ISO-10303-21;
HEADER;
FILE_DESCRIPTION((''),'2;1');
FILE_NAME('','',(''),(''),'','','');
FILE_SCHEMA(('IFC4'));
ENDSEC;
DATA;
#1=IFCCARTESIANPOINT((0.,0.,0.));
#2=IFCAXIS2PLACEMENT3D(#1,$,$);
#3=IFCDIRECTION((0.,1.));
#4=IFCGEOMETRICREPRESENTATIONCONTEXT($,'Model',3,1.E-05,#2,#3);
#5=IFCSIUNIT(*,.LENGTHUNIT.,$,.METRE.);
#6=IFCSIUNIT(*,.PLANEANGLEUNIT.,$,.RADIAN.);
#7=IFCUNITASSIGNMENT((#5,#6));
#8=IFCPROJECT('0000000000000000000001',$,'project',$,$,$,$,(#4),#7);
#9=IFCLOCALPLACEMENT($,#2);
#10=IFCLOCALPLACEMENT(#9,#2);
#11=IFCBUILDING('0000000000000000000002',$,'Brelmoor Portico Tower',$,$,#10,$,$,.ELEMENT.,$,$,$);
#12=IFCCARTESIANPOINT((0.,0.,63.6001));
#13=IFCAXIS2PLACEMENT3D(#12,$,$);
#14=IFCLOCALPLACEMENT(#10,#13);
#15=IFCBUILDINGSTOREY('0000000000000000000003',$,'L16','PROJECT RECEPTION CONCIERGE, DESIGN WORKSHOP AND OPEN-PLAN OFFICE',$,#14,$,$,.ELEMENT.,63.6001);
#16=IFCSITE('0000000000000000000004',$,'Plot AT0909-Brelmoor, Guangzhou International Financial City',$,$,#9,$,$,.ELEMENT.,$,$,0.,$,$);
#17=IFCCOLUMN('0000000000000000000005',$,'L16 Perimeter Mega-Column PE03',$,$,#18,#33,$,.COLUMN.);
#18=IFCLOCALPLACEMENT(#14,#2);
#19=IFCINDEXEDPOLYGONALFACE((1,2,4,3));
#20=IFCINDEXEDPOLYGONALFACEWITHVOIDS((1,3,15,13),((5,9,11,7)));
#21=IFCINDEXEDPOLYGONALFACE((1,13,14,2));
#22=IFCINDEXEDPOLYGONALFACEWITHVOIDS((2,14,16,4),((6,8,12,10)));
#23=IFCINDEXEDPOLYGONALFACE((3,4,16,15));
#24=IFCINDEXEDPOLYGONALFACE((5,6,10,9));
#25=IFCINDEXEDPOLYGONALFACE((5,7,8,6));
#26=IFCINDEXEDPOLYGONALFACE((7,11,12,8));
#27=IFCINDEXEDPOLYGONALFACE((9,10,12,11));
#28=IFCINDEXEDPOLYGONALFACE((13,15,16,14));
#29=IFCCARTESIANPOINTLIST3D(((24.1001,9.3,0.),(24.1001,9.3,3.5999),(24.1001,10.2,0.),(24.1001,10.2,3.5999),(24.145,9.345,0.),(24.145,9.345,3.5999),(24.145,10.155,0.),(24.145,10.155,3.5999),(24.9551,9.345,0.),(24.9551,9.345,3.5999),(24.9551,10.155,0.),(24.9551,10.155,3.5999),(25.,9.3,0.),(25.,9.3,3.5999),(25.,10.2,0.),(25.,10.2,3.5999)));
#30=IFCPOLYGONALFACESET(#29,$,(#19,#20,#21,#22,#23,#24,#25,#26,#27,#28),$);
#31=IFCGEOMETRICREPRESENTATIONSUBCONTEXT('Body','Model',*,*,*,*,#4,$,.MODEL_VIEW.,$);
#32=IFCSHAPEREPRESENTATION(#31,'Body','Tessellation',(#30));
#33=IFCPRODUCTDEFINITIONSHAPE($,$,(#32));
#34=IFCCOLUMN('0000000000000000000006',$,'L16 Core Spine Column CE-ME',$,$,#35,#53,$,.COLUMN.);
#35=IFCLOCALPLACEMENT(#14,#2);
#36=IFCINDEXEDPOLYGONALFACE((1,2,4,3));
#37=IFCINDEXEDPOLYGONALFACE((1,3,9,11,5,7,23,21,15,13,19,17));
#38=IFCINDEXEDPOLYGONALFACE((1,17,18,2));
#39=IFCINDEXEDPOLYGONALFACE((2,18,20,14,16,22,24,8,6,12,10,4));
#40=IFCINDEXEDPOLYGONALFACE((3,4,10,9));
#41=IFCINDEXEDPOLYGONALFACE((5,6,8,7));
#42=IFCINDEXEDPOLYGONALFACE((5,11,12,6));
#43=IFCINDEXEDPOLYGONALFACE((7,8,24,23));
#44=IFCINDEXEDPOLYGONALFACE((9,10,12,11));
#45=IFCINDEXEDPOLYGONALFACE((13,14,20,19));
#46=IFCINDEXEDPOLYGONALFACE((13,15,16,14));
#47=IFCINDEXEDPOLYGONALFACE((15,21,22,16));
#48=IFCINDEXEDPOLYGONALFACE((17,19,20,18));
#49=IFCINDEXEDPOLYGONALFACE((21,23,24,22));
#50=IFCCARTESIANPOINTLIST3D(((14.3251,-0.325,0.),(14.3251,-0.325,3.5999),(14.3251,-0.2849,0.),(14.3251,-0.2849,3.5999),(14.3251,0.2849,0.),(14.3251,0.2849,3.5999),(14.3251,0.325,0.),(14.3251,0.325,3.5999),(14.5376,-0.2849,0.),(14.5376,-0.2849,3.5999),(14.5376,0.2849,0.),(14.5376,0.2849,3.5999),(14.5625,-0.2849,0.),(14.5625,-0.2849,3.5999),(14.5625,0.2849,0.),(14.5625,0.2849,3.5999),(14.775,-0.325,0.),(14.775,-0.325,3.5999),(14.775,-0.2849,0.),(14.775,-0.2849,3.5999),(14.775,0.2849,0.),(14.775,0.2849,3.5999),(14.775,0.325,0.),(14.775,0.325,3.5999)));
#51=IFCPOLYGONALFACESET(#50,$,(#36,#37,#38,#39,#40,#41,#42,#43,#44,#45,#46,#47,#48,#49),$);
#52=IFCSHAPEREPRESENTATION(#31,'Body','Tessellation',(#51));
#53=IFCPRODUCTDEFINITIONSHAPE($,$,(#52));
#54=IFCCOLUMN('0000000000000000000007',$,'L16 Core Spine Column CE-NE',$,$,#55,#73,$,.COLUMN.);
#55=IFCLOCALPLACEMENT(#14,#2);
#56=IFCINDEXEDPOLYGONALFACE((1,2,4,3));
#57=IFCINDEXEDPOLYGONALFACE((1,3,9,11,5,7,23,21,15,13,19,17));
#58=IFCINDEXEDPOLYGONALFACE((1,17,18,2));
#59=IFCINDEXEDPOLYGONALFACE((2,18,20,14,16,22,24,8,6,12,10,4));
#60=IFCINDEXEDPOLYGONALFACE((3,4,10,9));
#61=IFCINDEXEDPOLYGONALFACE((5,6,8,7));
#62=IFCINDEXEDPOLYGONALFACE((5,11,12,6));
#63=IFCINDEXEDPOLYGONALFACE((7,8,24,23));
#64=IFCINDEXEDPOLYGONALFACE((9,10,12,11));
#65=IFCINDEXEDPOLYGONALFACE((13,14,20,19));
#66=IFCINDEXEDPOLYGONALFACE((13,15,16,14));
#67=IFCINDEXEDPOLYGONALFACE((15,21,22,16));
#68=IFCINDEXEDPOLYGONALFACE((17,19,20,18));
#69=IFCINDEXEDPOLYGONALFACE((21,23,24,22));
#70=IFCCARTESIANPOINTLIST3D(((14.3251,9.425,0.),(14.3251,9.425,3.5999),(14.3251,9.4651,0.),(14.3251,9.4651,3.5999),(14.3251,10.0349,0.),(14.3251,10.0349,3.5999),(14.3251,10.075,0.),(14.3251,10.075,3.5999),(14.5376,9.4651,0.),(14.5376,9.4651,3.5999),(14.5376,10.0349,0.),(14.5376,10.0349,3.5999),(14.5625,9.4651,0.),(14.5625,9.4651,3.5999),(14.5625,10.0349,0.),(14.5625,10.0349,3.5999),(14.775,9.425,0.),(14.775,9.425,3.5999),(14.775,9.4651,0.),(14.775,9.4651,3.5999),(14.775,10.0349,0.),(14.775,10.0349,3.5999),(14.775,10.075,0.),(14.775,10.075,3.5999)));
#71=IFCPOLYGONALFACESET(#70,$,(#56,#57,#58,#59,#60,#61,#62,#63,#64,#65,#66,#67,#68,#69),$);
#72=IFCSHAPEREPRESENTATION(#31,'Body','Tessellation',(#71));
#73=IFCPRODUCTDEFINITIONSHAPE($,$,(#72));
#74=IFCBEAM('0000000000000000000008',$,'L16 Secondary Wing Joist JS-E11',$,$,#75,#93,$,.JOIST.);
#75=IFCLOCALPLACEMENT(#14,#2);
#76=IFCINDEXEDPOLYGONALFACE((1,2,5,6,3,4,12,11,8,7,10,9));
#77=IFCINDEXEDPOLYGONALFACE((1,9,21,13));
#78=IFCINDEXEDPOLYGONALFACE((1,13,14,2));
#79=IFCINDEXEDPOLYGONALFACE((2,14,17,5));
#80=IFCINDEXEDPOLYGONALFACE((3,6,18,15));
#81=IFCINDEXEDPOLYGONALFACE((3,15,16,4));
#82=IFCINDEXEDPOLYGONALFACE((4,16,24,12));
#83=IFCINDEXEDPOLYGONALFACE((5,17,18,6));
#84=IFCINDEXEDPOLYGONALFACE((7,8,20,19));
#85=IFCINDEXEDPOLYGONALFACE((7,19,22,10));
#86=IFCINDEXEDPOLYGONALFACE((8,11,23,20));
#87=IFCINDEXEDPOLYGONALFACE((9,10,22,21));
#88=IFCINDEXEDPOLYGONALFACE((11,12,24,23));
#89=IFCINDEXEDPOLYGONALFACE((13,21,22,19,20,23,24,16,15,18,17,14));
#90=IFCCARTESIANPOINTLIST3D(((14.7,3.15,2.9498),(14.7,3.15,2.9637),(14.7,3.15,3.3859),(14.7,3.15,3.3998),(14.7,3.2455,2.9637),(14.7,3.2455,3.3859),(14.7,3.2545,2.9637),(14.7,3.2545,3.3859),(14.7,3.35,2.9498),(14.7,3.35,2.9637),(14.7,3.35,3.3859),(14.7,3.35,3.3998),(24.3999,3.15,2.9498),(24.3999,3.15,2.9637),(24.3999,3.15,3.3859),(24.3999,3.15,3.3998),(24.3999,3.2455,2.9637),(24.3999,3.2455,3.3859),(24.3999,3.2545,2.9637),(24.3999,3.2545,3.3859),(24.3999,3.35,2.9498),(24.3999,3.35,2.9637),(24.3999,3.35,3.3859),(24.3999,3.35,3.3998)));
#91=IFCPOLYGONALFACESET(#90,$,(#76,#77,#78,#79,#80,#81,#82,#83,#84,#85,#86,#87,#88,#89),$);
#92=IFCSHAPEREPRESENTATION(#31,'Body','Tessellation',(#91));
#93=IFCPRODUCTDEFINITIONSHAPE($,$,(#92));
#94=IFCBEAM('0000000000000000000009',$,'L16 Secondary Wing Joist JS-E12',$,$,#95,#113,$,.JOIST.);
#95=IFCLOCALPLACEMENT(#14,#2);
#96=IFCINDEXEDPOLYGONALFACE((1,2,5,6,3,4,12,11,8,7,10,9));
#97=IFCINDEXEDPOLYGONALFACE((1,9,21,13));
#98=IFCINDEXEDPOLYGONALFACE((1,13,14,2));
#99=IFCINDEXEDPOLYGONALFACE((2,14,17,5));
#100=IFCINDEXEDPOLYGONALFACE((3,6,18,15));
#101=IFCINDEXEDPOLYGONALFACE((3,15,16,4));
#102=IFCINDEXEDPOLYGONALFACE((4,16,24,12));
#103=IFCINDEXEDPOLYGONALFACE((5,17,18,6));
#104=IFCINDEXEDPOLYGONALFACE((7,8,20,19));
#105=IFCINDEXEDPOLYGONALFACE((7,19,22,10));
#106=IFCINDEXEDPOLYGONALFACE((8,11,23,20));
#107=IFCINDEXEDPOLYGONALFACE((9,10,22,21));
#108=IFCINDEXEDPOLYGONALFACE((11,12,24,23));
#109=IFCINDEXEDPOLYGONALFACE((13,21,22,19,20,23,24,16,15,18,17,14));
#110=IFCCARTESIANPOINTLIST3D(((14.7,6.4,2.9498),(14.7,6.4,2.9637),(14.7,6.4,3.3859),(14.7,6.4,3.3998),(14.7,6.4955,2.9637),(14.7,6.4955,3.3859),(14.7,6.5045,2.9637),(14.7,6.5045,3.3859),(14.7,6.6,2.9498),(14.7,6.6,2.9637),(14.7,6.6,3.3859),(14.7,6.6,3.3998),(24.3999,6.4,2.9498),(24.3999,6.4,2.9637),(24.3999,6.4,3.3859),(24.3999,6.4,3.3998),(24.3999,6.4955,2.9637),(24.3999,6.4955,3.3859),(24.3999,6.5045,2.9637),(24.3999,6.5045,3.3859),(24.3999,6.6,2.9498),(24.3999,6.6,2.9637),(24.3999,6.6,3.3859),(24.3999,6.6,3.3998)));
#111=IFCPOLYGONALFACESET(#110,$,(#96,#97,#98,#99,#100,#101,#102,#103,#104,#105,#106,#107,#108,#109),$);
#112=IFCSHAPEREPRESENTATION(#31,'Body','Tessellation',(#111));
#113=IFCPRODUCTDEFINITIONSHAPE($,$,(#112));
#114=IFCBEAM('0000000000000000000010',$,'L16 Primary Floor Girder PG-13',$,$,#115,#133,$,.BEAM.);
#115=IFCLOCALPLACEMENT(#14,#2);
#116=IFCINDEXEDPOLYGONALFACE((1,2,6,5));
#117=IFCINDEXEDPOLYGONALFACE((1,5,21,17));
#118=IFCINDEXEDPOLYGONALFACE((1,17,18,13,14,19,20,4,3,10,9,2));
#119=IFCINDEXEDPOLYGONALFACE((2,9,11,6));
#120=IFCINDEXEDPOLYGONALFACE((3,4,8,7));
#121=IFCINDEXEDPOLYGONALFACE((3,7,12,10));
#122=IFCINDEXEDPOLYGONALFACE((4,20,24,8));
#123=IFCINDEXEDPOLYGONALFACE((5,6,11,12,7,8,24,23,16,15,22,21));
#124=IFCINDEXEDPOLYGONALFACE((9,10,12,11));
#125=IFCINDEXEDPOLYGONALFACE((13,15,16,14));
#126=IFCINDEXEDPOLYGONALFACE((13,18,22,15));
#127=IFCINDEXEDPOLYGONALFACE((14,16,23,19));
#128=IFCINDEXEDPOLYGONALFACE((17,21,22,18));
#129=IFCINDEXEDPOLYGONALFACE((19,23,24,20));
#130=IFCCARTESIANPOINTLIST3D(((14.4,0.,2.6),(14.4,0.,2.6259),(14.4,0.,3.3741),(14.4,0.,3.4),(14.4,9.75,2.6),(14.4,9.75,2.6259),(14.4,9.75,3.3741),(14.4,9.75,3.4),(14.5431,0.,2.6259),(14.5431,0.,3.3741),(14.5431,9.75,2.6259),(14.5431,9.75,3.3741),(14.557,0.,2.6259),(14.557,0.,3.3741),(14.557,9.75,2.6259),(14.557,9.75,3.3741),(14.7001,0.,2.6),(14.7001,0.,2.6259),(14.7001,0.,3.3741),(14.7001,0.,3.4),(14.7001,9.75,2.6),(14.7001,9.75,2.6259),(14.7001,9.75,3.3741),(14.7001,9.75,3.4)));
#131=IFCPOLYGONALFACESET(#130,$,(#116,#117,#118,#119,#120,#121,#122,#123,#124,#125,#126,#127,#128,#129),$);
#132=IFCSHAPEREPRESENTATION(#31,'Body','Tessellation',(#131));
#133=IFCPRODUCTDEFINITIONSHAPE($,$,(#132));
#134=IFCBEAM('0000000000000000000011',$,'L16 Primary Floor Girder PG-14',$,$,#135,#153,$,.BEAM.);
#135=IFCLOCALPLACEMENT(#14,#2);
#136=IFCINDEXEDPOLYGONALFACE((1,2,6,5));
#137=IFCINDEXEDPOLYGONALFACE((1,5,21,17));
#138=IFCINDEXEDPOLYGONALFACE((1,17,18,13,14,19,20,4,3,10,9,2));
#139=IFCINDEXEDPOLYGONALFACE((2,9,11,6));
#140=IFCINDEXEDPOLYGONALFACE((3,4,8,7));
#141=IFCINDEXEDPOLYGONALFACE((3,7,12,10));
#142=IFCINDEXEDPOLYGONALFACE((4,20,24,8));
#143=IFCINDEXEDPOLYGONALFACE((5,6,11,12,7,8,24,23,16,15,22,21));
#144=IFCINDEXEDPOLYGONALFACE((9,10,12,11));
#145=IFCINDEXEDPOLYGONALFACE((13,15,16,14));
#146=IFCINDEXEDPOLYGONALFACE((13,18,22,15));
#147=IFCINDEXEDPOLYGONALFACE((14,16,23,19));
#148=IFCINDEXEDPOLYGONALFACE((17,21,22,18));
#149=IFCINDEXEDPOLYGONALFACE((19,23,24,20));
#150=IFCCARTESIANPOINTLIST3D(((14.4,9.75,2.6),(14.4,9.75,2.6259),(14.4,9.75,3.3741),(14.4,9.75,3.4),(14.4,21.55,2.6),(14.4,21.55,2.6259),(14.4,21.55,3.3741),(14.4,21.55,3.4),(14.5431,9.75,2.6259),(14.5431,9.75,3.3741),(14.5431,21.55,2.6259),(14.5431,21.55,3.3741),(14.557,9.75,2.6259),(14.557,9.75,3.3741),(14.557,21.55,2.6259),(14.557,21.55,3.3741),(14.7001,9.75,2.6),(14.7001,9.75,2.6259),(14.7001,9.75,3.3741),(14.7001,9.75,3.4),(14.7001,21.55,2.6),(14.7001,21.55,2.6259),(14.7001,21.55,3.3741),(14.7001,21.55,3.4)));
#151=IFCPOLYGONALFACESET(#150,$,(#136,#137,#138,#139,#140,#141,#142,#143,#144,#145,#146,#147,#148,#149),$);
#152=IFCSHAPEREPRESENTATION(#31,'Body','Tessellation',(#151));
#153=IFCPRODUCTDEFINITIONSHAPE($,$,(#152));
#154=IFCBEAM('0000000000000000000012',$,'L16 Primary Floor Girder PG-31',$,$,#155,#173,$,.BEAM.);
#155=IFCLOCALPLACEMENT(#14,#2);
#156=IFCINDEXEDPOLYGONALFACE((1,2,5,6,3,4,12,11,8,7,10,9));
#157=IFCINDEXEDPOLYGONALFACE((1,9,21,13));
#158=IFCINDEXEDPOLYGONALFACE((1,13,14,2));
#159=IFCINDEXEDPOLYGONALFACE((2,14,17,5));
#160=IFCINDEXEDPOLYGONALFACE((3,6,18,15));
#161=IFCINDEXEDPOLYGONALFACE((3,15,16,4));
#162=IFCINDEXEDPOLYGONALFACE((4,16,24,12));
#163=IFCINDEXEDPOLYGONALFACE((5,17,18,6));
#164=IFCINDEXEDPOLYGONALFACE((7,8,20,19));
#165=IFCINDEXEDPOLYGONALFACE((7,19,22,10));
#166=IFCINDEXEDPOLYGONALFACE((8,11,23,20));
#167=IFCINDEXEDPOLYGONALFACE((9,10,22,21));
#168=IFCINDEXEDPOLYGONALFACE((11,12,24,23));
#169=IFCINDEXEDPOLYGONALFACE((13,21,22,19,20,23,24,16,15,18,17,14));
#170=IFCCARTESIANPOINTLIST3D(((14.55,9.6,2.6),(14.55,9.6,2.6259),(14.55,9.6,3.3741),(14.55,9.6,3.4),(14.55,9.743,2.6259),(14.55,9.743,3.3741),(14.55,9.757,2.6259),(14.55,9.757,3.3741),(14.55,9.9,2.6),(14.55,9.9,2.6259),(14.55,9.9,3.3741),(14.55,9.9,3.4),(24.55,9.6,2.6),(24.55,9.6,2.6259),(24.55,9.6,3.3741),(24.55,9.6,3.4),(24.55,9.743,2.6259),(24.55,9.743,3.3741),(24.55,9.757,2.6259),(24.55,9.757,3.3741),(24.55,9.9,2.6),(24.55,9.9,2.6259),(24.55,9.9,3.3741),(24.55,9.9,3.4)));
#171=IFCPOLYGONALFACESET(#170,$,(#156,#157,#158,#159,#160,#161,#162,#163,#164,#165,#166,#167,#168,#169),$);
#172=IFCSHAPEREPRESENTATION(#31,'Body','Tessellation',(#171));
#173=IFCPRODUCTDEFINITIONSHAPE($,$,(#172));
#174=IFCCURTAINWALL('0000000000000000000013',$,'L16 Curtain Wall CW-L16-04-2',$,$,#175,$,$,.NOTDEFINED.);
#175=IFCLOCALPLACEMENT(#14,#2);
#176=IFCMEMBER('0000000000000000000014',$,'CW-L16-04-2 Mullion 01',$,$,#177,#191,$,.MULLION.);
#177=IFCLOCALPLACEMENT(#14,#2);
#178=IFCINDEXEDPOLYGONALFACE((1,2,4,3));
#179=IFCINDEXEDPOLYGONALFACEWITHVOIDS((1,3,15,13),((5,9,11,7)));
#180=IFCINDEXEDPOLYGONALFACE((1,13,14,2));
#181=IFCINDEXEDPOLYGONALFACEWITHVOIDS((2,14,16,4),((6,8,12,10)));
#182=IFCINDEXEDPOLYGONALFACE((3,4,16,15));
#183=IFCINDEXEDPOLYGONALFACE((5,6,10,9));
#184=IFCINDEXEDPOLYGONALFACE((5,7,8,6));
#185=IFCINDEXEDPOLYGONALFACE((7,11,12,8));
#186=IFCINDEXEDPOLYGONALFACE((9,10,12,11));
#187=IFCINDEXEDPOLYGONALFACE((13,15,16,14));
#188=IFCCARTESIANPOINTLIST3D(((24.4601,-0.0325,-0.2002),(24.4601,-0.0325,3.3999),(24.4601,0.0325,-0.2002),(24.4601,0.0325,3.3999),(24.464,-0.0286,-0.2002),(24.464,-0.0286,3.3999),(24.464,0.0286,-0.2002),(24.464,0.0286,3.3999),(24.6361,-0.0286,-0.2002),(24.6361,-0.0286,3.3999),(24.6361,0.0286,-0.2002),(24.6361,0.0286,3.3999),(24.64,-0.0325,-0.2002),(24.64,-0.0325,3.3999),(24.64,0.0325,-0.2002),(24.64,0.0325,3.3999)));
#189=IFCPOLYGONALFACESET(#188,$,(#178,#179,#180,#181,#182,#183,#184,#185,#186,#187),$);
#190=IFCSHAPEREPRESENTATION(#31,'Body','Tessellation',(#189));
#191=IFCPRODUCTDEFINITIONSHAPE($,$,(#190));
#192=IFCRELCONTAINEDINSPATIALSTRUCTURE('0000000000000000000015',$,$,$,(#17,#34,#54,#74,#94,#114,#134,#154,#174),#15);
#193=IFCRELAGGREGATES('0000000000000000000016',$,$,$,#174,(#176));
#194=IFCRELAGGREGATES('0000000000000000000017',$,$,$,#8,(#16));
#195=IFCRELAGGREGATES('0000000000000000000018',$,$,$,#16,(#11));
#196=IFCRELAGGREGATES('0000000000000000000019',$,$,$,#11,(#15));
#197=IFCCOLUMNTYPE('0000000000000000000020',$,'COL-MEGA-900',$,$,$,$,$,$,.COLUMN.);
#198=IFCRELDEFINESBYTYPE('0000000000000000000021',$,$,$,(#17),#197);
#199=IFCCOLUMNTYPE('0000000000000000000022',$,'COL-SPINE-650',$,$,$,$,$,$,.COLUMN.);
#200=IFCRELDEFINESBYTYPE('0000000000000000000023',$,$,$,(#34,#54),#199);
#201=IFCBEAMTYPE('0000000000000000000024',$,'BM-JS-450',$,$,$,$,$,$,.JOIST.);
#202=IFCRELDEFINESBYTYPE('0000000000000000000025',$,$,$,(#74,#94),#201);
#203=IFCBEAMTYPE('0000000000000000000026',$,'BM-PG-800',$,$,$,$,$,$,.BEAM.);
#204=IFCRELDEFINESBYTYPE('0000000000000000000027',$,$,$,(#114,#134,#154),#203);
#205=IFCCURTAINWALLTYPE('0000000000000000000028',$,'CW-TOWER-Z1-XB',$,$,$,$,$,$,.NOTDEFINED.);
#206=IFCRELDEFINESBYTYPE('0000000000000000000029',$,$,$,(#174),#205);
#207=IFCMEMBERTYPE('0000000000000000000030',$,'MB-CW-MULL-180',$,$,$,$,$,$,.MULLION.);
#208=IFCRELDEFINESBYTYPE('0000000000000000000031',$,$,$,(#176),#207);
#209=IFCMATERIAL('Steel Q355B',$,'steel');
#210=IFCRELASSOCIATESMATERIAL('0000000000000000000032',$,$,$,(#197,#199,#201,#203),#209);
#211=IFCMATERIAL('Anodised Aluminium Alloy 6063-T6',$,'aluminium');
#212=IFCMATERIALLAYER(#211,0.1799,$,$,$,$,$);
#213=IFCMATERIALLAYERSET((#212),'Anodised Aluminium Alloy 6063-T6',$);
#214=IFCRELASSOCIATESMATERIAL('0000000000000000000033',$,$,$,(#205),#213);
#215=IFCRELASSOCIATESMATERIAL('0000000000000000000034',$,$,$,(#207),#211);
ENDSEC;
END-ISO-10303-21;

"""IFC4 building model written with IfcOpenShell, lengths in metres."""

from ifc_helpers import new_model, si_unit, direction, frame, origin, origin_2d, place, context, subcontext, project, spatial, hollow_rectangle, i_section, extrude, material, layer, layer_set, material_profile, profile_set, type_object, element, aggregate, save


model = new_model("IFC4")

# Units and contexts
model_context = context("Model", 3, precision=1e-05, world=origin(), true_north=direction((0.0, 1.0)))
body_context = subcontext(model_context, "Body", "Model", "MODEL_VIEW")
ifc_project = project(units=[si_unit("LENGTHUNIT", "METRE"), si_unit("PLANEANGLEUNIT", "RADIAN")], contexts=[model_context])

# Site, building, storey
site_placement = place(None, origin())
site = spatial("IfcSite", under=ifc_project, at=site_placement, Name="Plot AT0909-Brelmoor, Guangzhou International Financial City", CompositionType="ELEMENT", RefElevation=0.0)
building_placement = place(site_placement, origin())
building = spatial("IfcBuilding", under=site, at=building_placement, Name="Brelmoor Portico Tower", CompositionType="ELEMENT")
storey_placement = place(building_placement, frame((0.0, 0.0, 63.6001)))
storey = spatial("IfcBuildingStorey", under=building, at=storey_placement, Name="L16", Description="PROJECT RECEPTION CONCIERGE, DESIGN WORKSHOP AND OPEN-PLAN OFFICE", CompositionType="ELEMENT", Elevation=63.6001)

# Columns
ifc_material_1 = material(Name="Steel Q355B", Category="steel")
ifc_material_profile_1 = material_profile(ifc_material_1, hollow_rectangle(XDim=0.8999, YDim=0.8999, WallThickness=0.0449, at=origin_2d()), Name="BOX 900x900x45")
ifc_profile_set_1 = profile_set([ifc_material_profile_1], Name="Steel Q355B")
column_type_1 = type_object("IfcColumnType", Name="COL-MEGA-900", PredefinedType="COLUMN", material=ifc_profile_set_1)
column_placement = place(storey_placement, frame((24.55, 9.75, 0.0), z_axis=(0.0, 0.0, 1.0), x_axis=(0.0, 1.0, 0.0)))
element("IfcColumn", 1, at=column_placement, inside=storey, type_object=column_type_1, Name="L16 Perimeter Mega-Column PE03", PredefinedType="COLUMN", context=body_context, shape_type="SweptSolid", body=[
    extrude(hollow_rectangle(XDim=0.8999, YDim=0.8999, WallThickness=0.0449, at=origin_2d()), origin(), (0.0, 0.0, 1.0), 3.5999),
])
ifc_material_profile_2 = material_profile(ifc_material_1, i_section(OverallWidth=0.45, OverallDepth=0.6499, WebThickness=0.0249, FlangeThickness=0.04, at=origin_2d()), Name="HW 650x450x25x40")
ifc_profile_set_2 = profile_set([ifc_material_profile_2], Name="Steel Q355B")
column_type_2 = type_object("IfcColumnType", Name="COL-SPINE-650", PredefinedType="COLUMN", material=ifc_profile_set_2)
for number, where, z_axis, x_axis, name in (
    (2, (14.55, 0.0, 0.0), (0.0, 0.0, 1.0), (1.0, 0.0, 0.0), "L16 Core Spine Column CE-ME"),
    (3, (14.55, 9.75, 0.0), (0.0, 0.0, 1.0), (1.0, 0.0, 0.0), "L16 Core Spine Column CE-NE"),
):
    element("IfcColumn", number, at=place(storey_placement, frame(where, z_axis=z_axis, x_axis=x_axis)), inside=storey, type_object=column_type_2, Name=name, PredefinedType="COLUMN", context=body_context, shape_type="SweptSolid", body=[
        extrude(i_section(OverallWidth=0.45, OverallDepth=0.6499, WebThickness=0.0249, FlangeThickness=0.04, at=origin_2d()), origin(), (0.0, 0.0, 1.0), 3.5999),
    ])

# Beams
ifc_material_profile_3 = material_profile(ifc_material_1, i_section(OverallWidth=0.2, OverallDepth=0.45, WebThickness=0.009, FlangeThickness=0.0139, at=origin_2d()), Name="HN 450x200x9x14")
ifc_profile_set_3 = profile_set([ifc_material_profile_3], Name="Steel Q355B")
beam_type_1 = type_object("IfcBeamType", Name="BM-JS-450", PredefinedType="JOIST", material=ifc_profile_set_3)
for number, where, z_axis, x_axis, name in (
    (4, (14.7, 3.25, 3.1748), (1.0, 0.0, 0.0), (0.0, 1.0, 0.0), "L16 Secondary Wing Joist JS-E11"),
    (5, (14.7, 6.5, 3.1748), (1.0, 0.0, 0.0), (0.0, 1.0, 0.0), "L16 Secondary Wing Joist JS-E12"),
):
    element("IfcBeam", number, at=place(storey_placement, frame(where, z_axis=z_axis, x_axis=x_axis)), inside=storey, type_object=beam_type_1, Name=name, PredefinedType="JOIST", context=body_context, shape_type="SweptSolid", body=[
        extrude(i_section(OverallWidth=0.2, OverallDepth=0.45, WebThickness=0.009, FlangeThickness=0.0139, at=origin_2d()), origin(), (0.0, 0.0, 1.0), 9.7),
    ])
ifc_material_profile_4 = material_profile(ifc_material_1, i_section(OverallWidth=0.3, OverallDepth=0.8, WebThickness=0.0139, FlangeThickness=0.0259, at=origin_2d()), Name="HN 800x300x14x26")
ifc_profile_set_4 = profile_set([ifc_material_profile_4], Name="Steel Q355B")
beam_type_2 = type_object("IfcBeamType", Name="BM-PG-800", PredefinedType="BEAM", material=ifc_profile_set_4)
beam_1_placement = place(storey_placement, frame((14.55, 0.0, 3.0), z_axis=(0.0, 1.0, 0.0), x_axis=(-1.0, 0.0, 0.0)))
element("IfcBeam", 6, at=beam_1_placement, inside=storey, type_object=beam_type_2, Name="L16 Primary Floor Girder PG-13", PredefinedType="BEAM", context=body_context, shape_type="SweptSolid", body=[
    extrude(i_section(OverallWidth=0.3, OverallDepth=0.8, WebThickness=0.0139, FlangeThickness=0.0259, at=origin_2d()), origin(), (0.0, 0.0, 1.0), 9.75),
])
beam_2_placement = place(storey_placement, frame((14.55, 9.75, 3.0), z_axis=(0.0, 1.0, 0.0), x_axis=(-1.0, 0.0, 0.0)))
element("IfcBeam", 7, at=beam_2_placement, inside=storey, type_object=beam_type_2, Name="L16 Primary Floor Girder PG-14", PredefinedType="BEAM", context=body_context, shape_type="SweptSolid", body=[
    extrude(i_section(OverallWidth=0.3, OverallDepth=0.8, WebThickness=0.0139, FlangeThickness=0.0259, at=origin_2d()), origin(), (0.0, 0.0, 1.0), 11.8),
])
beam_3_placement = place(storey_placement, frame((14.55, 9.75, 3.0), z_axis=(1.0, 0.0, 0.0), x_axis=(0.0, 1.0, 0.0)))
element("IfcBeam", 8, at=beam_3_placement, inside=storey, type_object=beam_type_2, Name="L16 Primary Floor Girder PG-31", PredefinedType="BEAM", context=body_context, shape_type="SweptSolid", body=[
    extrude(i_section(OverallWidth=0.3, OverallDepth=0.8, WebThickness=0.0139, FlangeThickness=0.0259, at=origin_2d()), origin(), (0.0, 0.0, 1.0), 10.0),
])

# Curtain wall, member
ifc_material_2 = material(Name="Anodised Aluminium Alloy 6063-T6", Category="aluminium")
ifc_layer_1 = layer(ifc_material_2, 0.1799)
ifc_layer_set_1 = layer_set([ifc_layer_1], Name="Anodised Aluminium Alloy 6063-T6")
curtain_wall_type = type_object("IfcCurtainWallType", Name="CW-TOWER-Z1-XB", PredefinedType="NOTDEFINED", material=ifc_layer_set_1)
curtain_wall_placement = place(storey_placement, origin())
curtain_wall = element("IfcCurtainWall", 9, at=curtain_wall_placement, inside=storey, type_object=curtain_wall_type, Name="L16 Curtain Wall CW-L16-04-2", PredefinedType="NOTDEFINED")
ifc_material_profile_5 = material_profile(ifc_material_2, hollow_rectangle(XDim=0.0649, YDim=0.1799, WallThickness=0.0039, at=origin_2d()), Name="ALU MULLION 65x180")
ifc_profile_set_5 = profile_set([ifc_material_profile_5], Name="Anodised Aluminium Alloy 6063-T6")
member_type_1 = type_object("IfcMemberType", Name="MB-CW-MULL-180", PredefinedType="MULLION", material=ifc_profile_set_5)
member_1_placement = place(storey_placement, frame((24.55, 0.0, -0.2002), z_axis=(0.0, 0.0, 1.0), x_axis=(0.0, 1.0, 0.0)))
member_1 = element("IfcMember", 10, at=member_1_placement, type_object=member_type_1, Name="CW-L16-04-2 Mullion 01", PredefinedType="MULLION", context=body_context, shape_type="SweptSolid", body=[
    extrude(hollow_rectangle(XDim=0.0649, YDim=0.1799, WallThickness=0.0039, at=origin_2d()), origin(), (0.0, 0.0, 1.0), 3.6001),
])
aggregate(curtain_wall, [member_1])

save(model, "model.ifc")
